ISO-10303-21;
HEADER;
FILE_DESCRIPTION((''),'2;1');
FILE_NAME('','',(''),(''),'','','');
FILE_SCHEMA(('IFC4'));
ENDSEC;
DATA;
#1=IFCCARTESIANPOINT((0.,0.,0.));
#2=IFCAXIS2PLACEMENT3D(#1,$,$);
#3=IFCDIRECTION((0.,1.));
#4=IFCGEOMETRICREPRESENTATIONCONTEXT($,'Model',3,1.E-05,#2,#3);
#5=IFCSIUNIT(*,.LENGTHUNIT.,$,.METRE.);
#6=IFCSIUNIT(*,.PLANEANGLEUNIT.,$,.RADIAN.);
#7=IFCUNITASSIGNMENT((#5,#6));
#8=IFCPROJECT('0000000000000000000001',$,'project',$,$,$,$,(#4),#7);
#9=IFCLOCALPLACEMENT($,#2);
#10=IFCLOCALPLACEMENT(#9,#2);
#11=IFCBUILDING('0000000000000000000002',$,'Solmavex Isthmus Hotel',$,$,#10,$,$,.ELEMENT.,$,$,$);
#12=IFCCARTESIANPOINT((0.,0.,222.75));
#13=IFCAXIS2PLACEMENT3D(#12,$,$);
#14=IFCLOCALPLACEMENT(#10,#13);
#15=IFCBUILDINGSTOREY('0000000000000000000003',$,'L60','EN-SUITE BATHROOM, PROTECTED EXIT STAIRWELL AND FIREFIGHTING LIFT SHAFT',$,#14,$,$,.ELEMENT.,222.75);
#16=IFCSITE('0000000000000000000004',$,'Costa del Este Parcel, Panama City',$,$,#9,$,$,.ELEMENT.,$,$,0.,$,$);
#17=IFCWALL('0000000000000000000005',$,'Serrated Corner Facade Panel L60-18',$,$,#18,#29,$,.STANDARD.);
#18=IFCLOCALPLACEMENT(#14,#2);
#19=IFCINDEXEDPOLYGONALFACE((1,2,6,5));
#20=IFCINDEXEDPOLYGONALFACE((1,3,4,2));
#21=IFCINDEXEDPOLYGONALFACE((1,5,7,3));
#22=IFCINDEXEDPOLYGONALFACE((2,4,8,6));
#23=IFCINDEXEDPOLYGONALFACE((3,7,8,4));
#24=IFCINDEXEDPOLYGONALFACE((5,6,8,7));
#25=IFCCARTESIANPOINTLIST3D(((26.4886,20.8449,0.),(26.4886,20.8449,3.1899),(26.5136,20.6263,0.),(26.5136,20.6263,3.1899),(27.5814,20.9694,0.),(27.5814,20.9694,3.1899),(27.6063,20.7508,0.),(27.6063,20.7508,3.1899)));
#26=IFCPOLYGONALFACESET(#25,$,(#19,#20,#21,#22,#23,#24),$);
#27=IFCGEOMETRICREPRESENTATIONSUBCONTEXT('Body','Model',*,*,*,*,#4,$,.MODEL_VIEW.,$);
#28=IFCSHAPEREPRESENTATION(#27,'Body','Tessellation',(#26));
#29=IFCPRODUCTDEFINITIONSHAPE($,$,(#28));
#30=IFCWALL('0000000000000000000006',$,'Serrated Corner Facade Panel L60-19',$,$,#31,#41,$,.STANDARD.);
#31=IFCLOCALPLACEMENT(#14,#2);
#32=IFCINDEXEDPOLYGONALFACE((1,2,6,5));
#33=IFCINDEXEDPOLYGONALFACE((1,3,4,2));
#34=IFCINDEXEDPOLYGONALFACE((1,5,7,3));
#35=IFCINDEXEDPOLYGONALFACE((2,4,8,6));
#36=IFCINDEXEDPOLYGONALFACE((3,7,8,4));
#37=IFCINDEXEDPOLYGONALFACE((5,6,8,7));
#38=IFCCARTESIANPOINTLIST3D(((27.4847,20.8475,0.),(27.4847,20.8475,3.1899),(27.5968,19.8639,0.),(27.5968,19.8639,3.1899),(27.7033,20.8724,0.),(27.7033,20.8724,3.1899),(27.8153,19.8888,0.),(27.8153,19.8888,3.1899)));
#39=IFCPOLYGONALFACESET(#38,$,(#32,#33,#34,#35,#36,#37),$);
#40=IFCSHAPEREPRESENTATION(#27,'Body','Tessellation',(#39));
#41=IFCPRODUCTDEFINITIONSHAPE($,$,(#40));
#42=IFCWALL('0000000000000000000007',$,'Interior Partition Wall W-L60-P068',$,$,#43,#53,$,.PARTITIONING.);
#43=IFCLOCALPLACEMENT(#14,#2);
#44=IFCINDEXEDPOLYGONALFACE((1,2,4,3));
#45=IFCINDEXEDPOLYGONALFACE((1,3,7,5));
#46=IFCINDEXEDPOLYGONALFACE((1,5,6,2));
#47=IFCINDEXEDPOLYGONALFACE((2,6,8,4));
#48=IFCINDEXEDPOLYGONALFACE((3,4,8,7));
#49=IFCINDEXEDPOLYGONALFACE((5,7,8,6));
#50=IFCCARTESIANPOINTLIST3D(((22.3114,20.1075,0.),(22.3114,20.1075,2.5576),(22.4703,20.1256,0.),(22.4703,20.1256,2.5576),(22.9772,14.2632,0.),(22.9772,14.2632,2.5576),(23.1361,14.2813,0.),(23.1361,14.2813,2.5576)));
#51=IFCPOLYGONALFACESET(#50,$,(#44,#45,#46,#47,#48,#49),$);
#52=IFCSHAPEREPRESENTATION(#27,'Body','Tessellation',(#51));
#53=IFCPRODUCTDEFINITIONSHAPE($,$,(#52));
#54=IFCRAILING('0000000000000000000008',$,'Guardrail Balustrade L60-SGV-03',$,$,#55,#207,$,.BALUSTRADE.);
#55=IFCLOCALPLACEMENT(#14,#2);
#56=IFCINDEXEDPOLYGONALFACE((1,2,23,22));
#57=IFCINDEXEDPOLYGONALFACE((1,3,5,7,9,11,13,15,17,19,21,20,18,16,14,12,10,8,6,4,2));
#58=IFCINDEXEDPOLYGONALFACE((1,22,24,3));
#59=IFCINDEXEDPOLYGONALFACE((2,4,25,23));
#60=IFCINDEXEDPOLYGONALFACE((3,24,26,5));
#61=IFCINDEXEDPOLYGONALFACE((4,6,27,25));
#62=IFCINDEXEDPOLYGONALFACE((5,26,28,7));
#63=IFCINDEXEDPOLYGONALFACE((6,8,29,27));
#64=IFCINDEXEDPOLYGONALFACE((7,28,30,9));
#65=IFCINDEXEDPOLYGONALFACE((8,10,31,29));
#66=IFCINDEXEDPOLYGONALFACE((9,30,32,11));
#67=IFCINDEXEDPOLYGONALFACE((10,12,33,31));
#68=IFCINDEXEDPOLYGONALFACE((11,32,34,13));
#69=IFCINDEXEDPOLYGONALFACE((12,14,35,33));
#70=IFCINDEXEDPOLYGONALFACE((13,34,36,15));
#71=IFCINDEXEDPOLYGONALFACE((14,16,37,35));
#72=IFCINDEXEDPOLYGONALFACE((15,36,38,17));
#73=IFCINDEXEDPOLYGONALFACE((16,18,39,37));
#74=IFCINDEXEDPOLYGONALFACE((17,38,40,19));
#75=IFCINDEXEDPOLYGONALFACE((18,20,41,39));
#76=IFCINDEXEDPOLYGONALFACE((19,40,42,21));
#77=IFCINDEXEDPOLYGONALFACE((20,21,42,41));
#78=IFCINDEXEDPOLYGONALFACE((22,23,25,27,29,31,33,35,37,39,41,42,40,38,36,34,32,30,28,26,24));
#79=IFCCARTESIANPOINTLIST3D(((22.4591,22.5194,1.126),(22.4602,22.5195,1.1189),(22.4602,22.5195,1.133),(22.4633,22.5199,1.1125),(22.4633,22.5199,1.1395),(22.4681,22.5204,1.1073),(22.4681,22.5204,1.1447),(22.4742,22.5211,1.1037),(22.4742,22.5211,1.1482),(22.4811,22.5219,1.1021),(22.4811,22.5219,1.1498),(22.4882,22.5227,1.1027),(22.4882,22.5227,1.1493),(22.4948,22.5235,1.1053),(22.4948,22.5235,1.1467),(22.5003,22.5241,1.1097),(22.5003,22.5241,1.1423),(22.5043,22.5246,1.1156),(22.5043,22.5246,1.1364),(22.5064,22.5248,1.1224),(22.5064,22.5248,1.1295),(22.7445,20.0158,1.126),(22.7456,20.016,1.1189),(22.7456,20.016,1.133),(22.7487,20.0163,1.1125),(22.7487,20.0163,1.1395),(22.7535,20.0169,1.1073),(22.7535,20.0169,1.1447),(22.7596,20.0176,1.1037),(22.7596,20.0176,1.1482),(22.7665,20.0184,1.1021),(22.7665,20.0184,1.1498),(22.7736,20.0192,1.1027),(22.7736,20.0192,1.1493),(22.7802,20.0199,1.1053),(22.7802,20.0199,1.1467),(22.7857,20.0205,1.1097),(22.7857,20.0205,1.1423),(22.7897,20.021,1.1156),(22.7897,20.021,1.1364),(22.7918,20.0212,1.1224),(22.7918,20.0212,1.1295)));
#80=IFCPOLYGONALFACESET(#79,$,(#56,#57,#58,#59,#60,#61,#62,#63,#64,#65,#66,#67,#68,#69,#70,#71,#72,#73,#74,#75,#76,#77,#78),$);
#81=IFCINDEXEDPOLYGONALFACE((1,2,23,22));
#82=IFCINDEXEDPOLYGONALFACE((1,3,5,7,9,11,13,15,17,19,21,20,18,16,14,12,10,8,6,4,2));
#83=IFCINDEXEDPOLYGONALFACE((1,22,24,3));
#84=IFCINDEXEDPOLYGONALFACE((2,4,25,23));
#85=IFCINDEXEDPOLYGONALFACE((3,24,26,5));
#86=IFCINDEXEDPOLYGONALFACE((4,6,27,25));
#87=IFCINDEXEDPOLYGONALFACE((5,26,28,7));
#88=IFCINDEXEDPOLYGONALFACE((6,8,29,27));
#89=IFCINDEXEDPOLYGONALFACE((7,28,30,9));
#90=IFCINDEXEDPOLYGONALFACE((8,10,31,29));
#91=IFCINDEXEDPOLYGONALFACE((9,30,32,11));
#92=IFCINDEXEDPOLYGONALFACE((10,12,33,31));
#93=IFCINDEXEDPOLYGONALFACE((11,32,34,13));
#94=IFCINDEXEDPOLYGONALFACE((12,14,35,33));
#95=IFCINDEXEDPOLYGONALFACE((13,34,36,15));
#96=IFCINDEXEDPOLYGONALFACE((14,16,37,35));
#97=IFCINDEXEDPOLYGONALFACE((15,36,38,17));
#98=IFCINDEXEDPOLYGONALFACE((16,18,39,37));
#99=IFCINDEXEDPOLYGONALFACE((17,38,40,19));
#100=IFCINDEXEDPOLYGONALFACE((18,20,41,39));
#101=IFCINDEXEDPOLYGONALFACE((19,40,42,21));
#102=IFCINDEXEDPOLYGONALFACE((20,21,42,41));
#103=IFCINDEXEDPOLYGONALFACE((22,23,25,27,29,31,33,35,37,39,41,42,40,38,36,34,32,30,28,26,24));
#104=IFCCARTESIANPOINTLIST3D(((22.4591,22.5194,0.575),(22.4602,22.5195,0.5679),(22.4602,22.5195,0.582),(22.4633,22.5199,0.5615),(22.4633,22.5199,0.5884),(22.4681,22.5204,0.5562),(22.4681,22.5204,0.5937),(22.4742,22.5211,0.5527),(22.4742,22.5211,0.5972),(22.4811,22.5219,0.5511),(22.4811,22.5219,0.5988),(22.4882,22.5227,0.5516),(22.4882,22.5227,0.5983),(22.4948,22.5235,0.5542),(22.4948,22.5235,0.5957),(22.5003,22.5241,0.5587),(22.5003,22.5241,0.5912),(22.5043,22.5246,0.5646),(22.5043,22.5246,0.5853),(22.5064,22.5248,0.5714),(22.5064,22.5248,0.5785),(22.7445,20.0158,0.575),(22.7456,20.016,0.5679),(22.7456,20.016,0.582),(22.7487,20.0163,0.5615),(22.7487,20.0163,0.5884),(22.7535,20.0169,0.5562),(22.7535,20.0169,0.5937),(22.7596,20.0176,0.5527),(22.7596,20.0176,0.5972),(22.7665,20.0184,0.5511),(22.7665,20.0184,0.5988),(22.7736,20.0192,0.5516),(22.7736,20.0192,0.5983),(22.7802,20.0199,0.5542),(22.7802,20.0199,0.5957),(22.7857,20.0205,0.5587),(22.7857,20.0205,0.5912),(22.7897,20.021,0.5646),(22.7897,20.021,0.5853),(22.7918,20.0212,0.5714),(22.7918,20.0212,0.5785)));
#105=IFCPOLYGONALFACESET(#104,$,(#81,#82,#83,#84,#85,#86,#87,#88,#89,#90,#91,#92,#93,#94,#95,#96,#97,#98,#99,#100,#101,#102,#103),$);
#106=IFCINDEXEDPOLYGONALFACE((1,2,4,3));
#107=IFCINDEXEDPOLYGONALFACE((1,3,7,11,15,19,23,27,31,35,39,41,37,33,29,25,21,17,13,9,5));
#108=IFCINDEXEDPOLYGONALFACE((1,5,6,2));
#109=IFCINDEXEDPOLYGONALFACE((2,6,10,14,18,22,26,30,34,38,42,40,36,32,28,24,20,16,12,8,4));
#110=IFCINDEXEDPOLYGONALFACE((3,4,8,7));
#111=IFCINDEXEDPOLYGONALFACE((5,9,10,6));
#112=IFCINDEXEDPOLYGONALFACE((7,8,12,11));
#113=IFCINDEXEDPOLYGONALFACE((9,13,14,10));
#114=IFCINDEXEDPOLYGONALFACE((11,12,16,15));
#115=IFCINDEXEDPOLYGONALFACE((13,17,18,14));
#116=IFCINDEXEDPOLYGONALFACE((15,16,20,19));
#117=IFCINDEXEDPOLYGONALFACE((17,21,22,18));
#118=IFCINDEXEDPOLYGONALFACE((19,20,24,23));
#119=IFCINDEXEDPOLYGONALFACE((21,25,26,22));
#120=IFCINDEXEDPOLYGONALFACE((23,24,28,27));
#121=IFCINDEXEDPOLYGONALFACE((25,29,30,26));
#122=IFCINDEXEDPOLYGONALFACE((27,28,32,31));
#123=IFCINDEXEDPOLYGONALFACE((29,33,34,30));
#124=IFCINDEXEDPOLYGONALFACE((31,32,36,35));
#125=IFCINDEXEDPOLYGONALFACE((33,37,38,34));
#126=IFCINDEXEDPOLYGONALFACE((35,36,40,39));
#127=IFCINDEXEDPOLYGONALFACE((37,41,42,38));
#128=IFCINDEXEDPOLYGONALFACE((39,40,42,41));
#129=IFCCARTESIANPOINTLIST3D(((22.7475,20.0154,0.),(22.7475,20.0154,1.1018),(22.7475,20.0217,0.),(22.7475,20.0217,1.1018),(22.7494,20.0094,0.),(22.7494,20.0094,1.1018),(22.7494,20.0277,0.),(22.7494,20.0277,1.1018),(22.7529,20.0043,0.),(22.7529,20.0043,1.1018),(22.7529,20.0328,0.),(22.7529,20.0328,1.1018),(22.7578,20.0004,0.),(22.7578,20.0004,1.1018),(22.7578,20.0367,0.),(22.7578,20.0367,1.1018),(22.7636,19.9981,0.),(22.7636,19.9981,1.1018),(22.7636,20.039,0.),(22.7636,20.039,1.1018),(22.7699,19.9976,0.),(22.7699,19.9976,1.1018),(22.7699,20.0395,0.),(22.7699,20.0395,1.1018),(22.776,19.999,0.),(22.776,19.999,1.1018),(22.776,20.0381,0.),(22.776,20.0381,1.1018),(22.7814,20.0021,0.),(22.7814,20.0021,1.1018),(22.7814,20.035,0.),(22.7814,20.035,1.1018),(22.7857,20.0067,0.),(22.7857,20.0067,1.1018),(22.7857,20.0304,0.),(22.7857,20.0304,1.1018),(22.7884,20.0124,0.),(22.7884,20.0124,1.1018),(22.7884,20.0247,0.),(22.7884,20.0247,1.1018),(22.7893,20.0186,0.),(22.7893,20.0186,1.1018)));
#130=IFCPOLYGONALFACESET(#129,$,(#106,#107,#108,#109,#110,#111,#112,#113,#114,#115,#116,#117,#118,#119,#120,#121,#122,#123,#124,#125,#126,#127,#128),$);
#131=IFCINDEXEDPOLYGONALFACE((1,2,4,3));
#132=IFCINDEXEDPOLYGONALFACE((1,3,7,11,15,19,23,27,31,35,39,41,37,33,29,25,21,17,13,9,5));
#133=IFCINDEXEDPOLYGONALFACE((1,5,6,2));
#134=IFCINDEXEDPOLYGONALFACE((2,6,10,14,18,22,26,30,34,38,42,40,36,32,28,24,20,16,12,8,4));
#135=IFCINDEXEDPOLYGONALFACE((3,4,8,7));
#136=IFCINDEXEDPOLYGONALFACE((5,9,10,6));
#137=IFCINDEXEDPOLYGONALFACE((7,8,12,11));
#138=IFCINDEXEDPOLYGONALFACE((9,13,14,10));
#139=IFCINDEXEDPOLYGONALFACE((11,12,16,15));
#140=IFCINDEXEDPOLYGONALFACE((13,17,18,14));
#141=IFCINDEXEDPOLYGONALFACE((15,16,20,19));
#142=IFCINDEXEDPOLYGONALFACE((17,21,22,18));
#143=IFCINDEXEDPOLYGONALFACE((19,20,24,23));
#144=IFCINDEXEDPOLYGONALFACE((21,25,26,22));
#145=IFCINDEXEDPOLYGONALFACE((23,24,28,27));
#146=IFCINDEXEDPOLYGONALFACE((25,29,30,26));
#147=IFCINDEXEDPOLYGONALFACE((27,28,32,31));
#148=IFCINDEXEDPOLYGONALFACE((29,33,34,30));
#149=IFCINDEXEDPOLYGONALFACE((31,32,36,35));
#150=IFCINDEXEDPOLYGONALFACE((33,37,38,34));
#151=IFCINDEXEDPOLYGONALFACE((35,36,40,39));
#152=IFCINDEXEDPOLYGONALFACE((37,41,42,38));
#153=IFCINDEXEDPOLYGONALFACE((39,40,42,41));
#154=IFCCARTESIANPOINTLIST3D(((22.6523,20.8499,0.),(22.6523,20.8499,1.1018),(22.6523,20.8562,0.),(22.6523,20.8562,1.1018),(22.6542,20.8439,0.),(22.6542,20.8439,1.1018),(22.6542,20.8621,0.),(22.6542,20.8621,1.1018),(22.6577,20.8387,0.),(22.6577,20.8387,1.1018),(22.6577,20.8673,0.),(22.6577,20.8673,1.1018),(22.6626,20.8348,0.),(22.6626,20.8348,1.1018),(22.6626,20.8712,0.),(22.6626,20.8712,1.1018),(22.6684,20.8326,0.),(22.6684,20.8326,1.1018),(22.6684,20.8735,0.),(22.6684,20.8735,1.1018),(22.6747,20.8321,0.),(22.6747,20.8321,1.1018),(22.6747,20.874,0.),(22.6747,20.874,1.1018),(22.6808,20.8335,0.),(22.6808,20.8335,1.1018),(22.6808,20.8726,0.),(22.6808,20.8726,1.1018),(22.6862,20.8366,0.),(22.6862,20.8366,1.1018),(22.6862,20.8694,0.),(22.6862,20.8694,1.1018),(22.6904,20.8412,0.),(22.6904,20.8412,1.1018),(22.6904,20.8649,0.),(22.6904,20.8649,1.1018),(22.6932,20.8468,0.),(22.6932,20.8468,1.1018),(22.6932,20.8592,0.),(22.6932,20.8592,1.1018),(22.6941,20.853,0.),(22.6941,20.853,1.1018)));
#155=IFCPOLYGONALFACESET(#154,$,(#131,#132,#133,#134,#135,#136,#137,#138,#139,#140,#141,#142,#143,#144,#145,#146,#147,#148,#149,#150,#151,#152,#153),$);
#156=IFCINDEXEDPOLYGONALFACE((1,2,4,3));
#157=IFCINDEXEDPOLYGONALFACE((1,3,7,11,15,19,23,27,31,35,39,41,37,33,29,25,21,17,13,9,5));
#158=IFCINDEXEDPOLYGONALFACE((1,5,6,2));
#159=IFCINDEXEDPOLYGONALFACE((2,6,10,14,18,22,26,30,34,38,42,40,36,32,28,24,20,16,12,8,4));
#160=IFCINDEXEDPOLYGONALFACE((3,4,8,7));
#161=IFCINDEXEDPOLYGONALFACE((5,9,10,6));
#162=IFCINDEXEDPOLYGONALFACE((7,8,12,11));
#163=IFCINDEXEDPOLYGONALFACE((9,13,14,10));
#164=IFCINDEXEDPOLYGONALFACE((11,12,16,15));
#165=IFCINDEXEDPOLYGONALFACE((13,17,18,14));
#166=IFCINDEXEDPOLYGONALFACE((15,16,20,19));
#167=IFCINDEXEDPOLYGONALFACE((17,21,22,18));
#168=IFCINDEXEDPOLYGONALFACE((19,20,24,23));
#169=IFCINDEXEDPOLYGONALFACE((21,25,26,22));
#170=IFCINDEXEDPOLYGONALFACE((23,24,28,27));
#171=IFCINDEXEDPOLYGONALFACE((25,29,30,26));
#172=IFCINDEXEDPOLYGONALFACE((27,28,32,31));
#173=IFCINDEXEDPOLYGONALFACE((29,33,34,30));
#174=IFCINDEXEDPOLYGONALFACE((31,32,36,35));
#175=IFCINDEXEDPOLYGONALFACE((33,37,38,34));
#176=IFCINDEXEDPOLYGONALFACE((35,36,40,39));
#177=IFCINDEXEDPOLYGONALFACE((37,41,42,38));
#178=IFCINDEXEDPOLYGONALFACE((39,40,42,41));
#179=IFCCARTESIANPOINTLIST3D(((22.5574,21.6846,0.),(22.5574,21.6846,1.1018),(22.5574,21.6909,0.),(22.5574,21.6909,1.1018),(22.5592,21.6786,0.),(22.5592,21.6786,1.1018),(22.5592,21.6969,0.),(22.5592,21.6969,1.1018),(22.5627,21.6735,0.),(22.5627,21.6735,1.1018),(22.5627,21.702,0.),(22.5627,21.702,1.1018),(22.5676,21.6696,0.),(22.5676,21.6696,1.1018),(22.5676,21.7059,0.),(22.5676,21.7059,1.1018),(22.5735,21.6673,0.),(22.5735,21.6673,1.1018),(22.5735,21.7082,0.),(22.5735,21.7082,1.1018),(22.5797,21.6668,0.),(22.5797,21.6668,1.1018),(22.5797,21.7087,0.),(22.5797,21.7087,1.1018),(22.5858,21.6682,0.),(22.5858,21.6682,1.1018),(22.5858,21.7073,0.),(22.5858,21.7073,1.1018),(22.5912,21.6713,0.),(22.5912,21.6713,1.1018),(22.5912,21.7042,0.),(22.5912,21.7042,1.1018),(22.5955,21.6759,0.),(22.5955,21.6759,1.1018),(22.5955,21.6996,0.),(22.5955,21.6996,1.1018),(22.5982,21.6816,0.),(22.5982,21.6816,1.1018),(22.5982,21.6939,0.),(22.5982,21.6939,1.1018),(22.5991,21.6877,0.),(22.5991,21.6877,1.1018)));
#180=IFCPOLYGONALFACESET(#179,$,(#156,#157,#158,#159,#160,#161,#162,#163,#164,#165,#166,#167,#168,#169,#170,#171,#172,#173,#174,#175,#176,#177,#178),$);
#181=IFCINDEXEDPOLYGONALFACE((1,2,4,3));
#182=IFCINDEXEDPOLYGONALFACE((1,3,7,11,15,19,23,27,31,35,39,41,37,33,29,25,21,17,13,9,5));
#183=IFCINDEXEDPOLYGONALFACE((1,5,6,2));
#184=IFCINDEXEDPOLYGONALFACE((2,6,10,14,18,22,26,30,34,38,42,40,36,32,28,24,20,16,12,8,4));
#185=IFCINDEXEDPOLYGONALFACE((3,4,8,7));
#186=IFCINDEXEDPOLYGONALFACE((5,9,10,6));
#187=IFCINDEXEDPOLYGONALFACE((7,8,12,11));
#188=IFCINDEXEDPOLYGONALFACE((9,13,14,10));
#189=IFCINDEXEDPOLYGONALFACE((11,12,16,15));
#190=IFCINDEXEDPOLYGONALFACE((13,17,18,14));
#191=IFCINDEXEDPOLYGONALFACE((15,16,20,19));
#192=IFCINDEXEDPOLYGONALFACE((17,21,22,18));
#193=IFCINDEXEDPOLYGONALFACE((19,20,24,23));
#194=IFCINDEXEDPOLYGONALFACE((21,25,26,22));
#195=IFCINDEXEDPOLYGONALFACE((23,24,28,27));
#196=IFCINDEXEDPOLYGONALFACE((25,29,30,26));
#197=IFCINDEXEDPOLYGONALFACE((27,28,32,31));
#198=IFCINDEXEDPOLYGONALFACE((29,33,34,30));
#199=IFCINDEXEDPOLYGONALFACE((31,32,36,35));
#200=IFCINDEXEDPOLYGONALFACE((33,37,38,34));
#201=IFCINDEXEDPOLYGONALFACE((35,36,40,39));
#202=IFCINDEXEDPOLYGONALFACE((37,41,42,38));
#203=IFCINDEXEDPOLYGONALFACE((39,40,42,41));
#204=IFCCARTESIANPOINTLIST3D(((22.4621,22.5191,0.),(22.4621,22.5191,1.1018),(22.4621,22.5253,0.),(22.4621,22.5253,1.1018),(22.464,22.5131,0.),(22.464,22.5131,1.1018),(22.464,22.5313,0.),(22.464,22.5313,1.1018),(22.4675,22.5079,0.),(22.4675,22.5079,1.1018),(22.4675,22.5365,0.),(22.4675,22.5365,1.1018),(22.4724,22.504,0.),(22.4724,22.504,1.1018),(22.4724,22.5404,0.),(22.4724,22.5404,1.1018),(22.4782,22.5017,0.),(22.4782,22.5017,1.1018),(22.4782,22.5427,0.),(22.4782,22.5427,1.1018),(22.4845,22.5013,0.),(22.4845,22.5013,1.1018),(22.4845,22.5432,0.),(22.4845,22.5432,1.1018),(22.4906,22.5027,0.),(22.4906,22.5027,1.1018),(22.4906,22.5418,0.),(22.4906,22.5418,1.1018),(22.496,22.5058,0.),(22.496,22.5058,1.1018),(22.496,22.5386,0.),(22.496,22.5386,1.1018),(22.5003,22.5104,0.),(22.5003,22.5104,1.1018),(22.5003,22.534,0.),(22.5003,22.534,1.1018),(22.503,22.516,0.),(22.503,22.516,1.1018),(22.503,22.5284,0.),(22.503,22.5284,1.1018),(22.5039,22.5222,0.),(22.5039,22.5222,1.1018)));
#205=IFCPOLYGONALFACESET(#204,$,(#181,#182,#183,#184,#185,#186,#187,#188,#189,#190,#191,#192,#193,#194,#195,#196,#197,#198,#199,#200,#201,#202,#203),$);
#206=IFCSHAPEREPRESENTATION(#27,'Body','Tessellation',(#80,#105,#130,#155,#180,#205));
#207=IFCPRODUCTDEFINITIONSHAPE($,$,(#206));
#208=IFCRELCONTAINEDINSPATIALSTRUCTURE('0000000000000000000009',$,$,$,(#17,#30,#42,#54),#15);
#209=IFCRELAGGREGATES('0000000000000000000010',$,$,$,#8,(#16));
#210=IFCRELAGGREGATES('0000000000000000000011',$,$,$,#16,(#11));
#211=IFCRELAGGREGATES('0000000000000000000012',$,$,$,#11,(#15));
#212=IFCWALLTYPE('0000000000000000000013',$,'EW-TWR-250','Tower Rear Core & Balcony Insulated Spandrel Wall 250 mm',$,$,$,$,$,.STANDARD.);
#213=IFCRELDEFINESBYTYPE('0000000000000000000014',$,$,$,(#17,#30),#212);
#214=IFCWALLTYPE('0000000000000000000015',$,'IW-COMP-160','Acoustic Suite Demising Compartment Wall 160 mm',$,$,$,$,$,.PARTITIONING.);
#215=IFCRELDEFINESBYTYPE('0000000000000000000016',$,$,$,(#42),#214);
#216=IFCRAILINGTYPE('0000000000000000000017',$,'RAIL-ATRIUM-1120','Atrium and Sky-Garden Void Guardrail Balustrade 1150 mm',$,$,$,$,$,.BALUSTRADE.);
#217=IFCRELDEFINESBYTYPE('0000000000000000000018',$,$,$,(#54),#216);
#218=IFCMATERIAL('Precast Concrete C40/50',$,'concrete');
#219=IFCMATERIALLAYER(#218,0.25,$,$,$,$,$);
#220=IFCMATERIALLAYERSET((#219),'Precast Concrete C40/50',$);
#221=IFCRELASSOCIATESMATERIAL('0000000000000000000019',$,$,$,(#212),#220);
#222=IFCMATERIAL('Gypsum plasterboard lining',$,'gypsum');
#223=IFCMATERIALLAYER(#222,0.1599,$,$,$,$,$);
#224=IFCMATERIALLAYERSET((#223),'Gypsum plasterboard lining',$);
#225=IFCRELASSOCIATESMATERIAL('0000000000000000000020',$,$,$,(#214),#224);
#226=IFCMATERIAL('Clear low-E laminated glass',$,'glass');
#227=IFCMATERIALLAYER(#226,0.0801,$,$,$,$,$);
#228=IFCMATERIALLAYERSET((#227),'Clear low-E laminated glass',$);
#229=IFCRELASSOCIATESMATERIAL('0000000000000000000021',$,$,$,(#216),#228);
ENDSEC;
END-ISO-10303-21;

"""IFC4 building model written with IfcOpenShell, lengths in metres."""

from ifc_helpers import new_model, si_unit, direction, frame, frame_2d, origin, origin_2d, place, context, subcontext, project, spatial, rectangle, circle, extrude, material, layer, layer_set, type_object, element, save


model = new_model("IFC4")

# Units and contexts
model_context = context("Model", 3, precision=1e-05, world=origin(), true_north=direction((0.0, 1.0)))
body_context = subcontext(model_context, "Body", "Model", "MODEL_VIEW")
ifc_project = project(units=[si_unit("LENGTHUNIT", "METRE"), si_unit("PLANEANGLEUNIT", "RADIAN")], contexts=[model_context])

# Site, building, storey
site_placement = place(None, origin())
site = spatial("IfcSite", under=ifc_project, at=site_placement, Name="Costa del Este Parcel, Panama City", CompositionType="ELEMENT", RefElevation=0.0)
building_placement = place(site_placement, origin())
building = spatial("IfcBuilding", under=site, at=building_placement, Name="Solmavex Isthmus Hotel", CompositionType="ELEMENT")
storey_placement = place(building_placement, frame((0.0, 0.0, 222.75)))
storey = spatial("IfcBuildingStorey", under=building, at=storey_placement, Name="L60", Description="EN-SUITE BATHROOM, PROTECTED EXIT STAIRWELL AND FIREFIGHTING LIFT SHAFT", CompositionType="ELEMENT", Elevation=222.75)

# Shared definitions
ifc_material_1 = material(Name="Clear low-E laminated glass", Category="glass")

# Shared definitions
ifc_material_2 = material(Name="Precast Concrete C40/50", Category="concrete")
ifc_layer_1 = layer(ifc_material_2, 0.25)
ifc_layer_set_1 = layer_set([ifc_layer_1], Name="Precast Concrete C40/50")
wall_type_1 = type_object("IfcWallType", Name="EW-TWR-250", Description="Tower Rear Core & Balcony Insulated Spandrel Wall 250 mm", PredefinedType="STANDARD", material=ifc_layer_set_1)

# Walls
wall_1_placement = place(storey_placement, frame((26.5012, 20.7356, 0.0), z_axis=(0.0, 0.0, 1.0), x_axis=(0.993571, 0.113209, 0.0)))
element("IfcWall", 1, at=wall_1_placement, inside=storey, type_object=wall_type_1, Name="Serrated Corner Facade Panel L60-18", PredefinedType="STANDARD", context=body_context, shape_type="SweptSolid", body=[
    extrude(rectangle(XDim=1.0999, YDim=0.22, at=frame_2d((0.5498, 0.0))), origin(), (0.0, 0.0, 1.0), 3.1899),
])
wall_2_placement = place(storey_placement, frame((27.594, 20.8601, 0.0), z_axis=(0.0, 0.0, 1.0), x_axis=(0.113192, -0.993573, 0.0)))
element("IfcWall", 2, at=wall_2_placement, inside=storey, type_object=wall_type_1, Name="Serrated Corner Facade Panel L60-19", PredefinedType="STANDARD", context=body_context, shape_type="SweptSolid", body=[
    extrude(rectangle(XDim=0.99, YDim=0.22, at=frame_2d((0.4951, 0.0))), origin(), (0.0, 0.0, 1.0), 3.1899),
])
ifc_material_3 = material(Name="Gypsum plasterboard lining", Category="gypsum")
ifc_layer_2 = layer(ifc_material_3, 0.1599)
ifc_layer_set_2 = layer_set([ifc_layer_2], Name="Gypsum plasterboard lining")
wall_type_2 = type_object("IfcWallType", Name="IW-COMP-160", Description="Acoustic Suite Demising Compartment Wall 160 mm", PredefinedType="PARTITIONING", material=ifc_layer_set_2)
wall_3_placement = place(storey_placement, frame((22.3909, 20.1165, 0.0), z_axis=(0.0, 0.0, 1.0), x_axis=(0.113187, -0.993574, 0.0)))
element("IfcWall", 3, at=wall_3_placement, inside=storey, type_object=wall_type_2, Name="Interior Partition Wall W-L60-P068", PredefinedType="PARTITIONING", context=body_context, shape_type="SweptSolid", body=[
    extrude(rectangle(XDim=5.8821, YDim=0.1599, at=frame_2d((2.9409, 0.0))), origin(), (0.0, 0.0, 1.0), 2.5576),
])

# Railing
ifc_layer_3 = layer(ifc_material_1, 0.0801)
ifc_layer_set_3 = layer_set([ifc_layer_3], Name="Clear low-E laminated glass")
railing_type = type_object("IfcRailingType", Name="RAIL-ATRIUM-1120", Description="Atrium and Sky-Garden Void Guardrail Balustrade 1150 mm", PredefinedType="BALUSTRADE", material=ifc_layer_set_3)
railing_placement = place(storey_placement, frame((22.7683, 20.0186, 0.0)))
element("IfcRailing", 4, at=railing_placement, inside=storey, type_object=railing_type, Name="Guardrail Balustrade L60-SGV-03", PredefinedType="BALUSTRADE", context=body_context, shape_type="SweptSolid", body=[
    extrude(circle(Radius=0.0239, at=origin_2d()), frame((0.0, 0.0, 1.126), z_axis=(-0.11326, 0.993565, 0.0), x_axis=(-0.993565, -0.11326, 0.0)), (0.0, 0.0, 1.0), 2.5198),
    extrude(circle(Radius=0.0239, at=origin_2d()), frame((0.0, 0.0, 0.575), z_axis=(-0.11326, 0.993565, 0.0), x_axis=(-0.993565, -0.11326, 0.0)), (0.0, 0.0, 1.0), 2.5198),
    extrude(circle(Radius=0.021, at=origin_2d()), origin(), (0.0, 0.0, 1.0), 1.1018),
    extrude(circle(Radius=0.021, at=origin_2d()), frame((-0.0952, 0.8345, 0.0)), (0.0, 0.0, 1.0), 1.1018),
    extrude(circle(Radius=0.021, at=origin_2d()), frame((-0.1902, 1.6692, 0.0)), (0.0, 0.0, 1.0), 1.1018),
    extrude(circle(Radius=0.021, at=origin_2d()), frame((-0.2854, 2.5037, 0.0)), (0.0, 0.0, 1.0), 1.1018),
])

save(model, "model.ifc")
